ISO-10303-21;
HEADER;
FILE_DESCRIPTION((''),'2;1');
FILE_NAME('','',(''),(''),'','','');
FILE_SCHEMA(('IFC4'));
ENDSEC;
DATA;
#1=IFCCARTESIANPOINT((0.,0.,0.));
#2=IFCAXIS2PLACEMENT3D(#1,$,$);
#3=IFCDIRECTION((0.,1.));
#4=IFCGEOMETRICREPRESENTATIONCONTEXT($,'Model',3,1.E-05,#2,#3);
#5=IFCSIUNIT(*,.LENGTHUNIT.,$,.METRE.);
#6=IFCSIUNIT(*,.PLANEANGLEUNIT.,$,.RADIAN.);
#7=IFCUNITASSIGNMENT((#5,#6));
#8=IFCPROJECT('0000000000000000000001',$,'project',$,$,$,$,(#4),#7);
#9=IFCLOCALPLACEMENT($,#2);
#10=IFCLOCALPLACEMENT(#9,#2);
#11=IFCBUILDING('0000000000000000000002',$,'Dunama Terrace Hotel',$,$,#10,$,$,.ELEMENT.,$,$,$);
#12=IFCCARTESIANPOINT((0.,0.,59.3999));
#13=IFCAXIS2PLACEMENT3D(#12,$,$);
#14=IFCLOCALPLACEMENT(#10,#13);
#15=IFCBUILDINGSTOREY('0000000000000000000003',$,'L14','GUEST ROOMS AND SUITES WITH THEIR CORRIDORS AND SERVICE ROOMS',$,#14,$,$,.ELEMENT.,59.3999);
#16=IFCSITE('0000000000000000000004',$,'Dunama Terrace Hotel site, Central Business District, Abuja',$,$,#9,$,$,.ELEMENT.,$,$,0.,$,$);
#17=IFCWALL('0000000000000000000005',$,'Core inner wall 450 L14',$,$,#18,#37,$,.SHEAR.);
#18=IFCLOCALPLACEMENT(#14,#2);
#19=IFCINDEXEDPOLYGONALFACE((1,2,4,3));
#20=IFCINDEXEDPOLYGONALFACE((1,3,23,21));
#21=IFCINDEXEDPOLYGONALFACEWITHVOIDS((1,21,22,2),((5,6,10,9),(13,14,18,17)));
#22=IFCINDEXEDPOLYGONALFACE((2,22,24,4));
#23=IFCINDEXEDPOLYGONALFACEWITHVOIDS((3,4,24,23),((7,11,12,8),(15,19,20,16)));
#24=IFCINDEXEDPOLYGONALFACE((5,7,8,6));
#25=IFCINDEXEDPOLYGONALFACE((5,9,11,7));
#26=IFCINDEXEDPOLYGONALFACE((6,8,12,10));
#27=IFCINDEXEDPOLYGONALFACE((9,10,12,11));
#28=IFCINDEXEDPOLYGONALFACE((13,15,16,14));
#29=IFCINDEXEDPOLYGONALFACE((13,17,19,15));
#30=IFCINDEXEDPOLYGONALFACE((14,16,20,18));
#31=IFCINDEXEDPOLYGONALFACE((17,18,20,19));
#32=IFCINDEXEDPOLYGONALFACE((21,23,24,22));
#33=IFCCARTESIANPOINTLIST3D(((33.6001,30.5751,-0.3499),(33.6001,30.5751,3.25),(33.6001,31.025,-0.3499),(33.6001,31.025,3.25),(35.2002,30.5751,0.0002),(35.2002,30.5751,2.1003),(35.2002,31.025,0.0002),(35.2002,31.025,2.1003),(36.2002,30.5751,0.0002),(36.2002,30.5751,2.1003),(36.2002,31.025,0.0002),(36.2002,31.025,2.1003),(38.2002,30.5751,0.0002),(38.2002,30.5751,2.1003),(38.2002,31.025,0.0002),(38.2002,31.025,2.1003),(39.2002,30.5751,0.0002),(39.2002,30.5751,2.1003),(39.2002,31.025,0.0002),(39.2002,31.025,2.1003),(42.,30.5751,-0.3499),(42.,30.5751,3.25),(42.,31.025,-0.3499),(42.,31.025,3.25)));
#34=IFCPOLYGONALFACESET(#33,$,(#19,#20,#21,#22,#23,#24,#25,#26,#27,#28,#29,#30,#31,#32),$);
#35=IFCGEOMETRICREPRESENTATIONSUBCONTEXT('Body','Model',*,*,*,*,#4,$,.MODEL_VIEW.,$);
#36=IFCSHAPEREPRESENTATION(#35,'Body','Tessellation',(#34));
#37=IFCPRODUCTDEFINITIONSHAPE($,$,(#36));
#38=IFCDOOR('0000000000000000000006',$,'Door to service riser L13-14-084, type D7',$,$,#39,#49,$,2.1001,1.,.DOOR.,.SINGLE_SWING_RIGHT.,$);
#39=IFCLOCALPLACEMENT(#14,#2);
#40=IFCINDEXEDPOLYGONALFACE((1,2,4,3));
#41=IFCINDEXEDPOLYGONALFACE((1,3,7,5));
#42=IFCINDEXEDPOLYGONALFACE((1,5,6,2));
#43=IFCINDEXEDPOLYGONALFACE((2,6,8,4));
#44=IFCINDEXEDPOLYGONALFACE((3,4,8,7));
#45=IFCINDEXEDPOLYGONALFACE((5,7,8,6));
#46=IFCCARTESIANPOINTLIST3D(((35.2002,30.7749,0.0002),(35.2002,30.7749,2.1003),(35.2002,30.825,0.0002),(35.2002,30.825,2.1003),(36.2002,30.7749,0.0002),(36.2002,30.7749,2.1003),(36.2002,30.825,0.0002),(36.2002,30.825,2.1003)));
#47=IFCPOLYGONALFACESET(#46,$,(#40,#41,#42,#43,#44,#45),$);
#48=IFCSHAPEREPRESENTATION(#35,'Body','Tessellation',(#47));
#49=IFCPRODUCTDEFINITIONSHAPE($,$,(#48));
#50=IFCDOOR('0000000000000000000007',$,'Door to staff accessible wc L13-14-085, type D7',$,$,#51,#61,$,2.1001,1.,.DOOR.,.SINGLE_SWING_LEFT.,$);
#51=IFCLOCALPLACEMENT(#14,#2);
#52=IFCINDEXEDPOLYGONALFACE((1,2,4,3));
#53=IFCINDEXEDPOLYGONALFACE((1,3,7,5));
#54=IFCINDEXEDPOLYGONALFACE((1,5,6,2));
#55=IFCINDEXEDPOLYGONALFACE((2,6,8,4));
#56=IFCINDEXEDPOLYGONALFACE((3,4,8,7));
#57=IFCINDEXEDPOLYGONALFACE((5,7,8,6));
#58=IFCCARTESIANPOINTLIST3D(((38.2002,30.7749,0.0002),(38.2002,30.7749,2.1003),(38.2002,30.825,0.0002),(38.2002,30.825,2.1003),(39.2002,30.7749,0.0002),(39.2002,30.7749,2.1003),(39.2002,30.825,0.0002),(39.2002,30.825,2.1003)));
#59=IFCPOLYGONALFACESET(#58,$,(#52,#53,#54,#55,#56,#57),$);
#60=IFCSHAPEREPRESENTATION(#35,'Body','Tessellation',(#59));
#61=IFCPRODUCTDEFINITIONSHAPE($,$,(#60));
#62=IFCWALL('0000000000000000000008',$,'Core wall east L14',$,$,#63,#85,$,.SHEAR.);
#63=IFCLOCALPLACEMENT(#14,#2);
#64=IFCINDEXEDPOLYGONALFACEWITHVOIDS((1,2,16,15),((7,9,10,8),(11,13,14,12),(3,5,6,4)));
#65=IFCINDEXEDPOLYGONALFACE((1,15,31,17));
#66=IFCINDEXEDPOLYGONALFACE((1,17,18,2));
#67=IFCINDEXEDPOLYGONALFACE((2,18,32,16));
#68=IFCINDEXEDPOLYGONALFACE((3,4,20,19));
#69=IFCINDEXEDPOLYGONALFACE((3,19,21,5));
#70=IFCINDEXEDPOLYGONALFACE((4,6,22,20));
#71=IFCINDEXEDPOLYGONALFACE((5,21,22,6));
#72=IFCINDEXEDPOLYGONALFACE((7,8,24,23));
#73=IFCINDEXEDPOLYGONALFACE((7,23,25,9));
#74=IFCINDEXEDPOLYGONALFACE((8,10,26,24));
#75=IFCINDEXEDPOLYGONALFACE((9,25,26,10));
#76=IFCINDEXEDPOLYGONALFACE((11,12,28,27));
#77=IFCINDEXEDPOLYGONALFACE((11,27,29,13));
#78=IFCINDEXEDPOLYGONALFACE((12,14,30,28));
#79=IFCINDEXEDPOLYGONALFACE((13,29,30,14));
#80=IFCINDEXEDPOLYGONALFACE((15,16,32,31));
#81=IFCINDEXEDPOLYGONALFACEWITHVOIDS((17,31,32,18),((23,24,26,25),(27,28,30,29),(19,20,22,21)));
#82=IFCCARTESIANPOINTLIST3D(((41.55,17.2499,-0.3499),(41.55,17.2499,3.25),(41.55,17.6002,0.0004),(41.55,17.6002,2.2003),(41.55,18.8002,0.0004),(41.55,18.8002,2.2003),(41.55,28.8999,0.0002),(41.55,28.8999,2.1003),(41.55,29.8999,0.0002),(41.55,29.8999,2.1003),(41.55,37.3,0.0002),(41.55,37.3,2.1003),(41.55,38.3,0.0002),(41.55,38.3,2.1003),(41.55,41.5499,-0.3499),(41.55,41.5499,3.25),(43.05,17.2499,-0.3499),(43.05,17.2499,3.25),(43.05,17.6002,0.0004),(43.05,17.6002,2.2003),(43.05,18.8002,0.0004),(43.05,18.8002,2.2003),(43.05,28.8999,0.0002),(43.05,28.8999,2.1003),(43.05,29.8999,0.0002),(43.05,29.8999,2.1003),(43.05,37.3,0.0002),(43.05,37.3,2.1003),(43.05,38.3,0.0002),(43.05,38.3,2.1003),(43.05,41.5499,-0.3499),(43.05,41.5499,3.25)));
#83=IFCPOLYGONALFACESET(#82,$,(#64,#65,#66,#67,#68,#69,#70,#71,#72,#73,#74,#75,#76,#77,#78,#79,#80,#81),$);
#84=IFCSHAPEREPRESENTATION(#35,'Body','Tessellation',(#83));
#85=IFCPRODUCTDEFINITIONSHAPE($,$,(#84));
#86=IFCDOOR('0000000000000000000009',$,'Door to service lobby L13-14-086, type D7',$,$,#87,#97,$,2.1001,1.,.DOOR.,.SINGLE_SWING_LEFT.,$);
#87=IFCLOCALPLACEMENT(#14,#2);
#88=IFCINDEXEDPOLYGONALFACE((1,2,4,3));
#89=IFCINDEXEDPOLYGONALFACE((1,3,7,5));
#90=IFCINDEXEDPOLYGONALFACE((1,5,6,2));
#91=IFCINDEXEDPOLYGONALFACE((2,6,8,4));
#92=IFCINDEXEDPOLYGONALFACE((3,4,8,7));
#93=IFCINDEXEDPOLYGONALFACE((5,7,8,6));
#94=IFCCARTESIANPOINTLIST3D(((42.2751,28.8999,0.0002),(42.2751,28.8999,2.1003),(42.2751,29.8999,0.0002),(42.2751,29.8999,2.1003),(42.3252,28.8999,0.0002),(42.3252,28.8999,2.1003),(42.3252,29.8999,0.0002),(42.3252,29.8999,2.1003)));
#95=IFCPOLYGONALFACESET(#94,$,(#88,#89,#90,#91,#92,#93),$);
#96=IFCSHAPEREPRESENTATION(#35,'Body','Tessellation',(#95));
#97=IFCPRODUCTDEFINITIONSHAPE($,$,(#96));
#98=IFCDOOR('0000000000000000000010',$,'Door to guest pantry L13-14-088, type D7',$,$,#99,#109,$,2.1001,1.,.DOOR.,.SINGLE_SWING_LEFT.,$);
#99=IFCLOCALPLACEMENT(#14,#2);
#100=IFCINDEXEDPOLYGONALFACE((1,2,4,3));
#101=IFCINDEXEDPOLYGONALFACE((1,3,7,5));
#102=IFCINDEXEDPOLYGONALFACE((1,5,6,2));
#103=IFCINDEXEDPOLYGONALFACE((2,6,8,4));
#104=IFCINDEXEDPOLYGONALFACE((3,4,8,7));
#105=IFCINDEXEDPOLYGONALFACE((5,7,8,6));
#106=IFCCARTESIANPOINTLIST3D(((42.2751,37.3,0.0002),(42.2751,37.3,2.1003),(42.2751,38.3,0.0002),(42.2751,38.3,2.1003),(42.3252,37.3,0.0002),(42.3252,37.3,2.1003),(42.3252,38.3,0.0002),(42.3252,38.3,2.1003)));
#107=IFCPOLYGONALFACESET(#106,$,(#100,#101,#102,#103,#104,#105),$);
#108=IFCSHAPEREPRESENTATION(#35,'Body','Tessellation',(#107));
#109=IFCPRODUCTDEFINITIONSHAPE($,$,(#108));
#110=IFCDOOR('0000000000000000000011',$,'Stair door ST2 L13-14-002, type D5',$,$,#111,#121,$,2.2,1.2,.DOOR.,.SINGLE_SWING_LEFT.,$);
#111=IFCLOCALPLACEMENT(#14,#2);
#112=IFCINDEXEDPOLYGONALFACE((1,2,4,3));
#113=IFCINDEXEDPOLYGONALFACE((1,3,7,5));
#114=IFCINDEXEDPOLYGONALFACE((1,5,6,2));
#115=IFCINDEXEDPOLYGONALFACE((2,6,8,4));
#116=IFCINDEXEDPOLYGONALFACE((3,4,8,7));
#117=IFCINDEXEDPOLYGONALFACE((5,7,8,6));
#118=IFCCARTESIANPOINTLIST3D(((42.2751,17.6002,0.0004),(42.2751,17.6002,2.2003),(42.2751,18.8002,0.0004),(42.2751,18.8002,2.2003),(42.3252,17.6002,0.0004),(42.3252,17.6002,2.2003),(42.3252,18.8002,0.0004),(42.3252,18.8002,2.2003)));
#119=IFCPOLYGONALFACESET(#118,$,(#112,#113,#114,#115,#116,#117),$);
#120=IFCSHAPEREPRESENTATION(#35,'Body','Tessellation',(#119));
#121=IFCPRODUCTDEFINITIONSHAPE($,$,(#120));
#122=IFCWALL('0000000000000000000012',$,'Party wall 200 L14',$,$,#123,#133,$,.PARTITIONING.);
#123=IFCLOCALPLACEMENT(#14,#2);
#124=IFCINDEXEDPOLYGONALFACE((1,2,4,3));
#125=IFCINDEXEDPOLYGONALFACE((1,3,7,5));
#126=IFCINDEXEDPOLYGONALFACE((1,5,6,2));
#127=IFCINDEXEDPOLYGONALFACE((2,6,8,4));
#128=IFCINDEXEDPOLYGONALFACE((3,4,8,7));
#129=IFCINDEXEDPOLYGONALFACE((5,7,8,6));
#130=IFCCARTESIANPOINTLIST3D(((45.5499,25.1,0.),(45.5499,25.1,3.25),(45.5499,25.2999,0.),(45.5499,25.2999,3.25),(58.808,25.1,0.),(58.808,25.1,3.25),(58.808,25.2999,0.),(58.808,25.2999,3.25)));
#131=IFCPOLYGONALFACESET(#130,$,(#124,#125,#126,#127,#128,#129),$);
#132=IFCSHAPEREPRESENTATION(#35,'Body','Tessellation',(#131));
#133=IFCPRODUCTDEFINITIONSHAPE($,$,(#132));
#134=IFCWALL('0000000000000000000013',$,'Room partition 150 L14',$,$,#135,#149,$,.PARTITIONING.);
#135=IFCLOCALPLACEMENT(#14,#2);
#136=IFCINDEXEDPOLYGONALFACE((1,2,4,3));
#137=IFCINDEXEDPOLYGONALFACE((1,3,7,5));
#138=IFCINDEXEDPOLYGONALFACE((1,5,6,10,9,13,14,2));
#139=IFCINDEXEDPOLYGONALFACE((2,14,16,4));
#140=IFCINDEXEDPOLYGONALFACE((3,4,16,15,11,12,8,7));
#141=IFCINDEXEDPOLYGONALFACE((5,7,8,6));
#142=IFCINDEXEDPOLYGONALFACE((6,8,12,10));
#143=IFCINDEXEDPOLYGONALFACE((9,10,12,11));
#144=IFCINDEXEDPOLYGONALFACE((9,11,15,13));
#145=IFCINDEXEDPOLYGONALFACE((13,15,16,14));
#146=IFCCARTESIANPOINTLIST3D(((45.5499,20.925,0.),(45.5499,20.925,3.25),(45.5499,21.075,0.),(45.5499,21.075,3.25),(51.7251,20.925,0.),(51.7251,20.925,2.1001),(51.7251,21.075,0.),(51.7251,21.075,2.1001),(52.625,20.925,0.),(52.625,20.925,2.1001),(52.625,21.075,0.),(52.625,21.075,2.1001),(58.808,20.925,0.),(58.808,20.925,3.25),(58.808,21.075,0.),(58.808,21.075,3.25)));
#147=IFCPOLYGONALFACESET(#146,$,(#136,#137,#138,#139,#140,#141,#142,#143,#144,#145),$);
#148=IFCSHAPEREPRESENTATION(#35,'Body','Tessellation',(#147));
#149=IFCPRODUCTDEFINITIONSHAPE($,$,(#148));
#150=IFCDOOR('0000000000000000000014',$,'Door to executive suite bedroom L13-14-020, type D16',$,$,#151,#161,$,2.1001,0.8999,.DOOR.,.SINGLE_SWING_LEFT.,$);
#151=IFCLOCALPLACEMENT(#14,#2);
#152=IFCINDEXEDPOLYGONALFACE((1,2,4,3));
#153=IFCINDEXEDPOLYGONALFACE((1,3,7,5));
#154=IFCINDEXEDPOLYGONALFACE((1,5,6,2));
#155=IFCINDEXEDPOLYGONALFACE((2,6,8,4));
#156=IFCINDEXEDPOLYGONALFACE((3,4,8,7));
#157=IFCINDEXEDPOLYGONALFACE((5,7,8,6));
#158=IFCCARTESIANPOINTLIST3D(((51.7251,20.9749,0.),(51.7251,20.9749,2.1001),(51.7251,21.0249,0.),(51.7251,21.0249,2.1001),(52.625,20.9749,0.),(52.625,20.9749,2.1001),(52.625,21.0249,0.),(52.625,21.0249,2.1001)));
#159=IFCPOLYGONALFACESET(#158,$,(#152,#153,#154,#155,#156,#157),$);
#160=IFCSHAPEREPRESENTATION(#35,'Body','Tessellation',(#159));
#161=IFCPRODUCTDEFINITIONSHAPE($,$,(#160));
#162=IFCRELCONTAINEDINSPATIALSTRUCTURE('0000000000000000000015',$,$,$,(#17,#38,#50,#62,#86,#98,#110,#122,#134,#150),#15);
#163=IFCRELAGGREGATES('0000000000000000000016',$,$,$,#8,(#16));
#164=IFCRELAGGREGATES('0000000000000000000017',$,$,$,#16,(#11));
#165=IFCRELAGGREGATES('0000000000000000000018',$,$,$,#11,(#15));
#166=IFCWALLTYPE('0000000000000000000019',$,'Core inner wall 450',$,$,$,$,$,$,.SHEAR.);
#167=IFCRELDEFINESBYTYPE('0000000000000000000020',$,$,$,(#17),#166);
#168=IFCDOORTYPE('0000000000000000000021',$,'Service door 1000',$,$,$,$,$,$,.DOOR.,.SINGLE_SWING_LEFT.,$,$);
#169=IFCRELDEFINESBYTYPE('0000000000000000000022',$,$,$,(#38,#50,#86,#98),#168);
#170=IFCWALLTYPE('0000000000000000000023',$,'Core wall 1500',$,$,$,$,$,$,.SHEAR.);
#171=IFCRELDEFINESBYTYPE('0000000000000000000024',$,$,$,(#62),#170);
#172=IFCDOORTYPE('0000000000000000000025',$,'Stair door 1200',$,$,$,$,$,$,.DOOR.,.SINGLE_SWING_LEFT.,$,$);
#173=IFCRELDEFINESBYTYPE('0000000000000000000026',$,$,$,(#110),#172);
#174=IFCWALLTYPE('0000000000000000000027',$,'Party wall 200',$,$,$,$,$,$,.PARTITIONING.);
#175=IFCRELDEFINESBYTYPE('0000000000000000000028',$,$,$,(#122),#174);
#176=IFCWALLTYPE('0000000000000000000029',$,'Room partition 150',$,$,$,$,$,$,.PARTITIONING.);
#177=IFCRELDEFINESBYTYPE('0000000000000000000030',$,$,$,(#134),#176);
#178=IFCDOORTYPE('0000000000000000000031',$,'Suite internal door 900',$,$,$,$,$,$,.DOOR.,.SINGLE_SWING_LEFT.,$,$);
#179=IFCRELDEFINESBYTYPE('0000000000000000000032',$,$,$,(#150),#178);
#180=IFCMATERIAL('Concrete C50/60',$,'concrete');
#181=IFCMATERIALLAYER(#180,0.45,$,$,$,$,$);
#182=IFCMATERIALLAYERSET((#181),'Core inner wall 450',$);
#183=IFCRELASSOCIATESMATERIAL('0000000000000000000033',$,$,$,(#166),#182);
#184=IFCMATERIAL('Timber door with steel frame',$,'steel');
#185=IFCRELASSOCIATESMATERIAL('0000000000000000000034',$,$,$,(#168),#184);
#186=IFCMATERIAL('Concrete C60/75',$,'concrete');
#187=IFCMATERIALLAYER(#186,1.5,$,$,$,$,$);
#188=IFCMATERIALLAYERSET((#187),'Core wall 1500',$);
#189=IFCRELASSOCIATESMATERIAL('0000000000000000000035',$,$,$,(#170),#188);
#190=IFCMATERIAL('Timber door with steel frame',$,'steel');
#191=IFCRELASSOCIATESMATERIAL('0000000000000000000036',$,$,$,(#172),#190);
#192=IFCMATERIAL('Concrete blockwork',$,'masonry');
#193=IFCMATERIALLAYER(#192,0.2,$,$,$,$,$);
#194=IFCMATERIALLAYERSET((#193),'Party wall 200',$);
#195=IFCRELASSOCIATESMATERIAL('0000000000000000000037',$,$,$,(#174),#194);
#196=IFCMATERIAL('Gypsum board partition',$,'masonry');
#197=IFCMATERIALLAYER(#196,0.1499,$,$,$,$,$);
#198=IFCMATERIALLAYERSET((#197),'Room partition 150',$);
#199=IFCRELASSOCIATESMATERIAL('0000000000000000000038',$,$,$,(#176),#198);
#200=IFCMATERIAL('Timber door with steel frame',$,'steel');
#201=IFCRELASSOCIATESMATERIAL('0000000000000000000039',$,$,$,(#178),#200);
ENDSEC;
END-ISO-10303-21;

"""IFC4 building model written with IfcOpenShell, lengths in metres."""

from ifc_helpers import new_model, si_unit, direction, frame, frame_2d, origin, place, context, subcontext, project, spatial, rectangle, extrude, material, layer, layer_set, type_object, element, fill, save


model = new_model("IFC4")

# Units and contexts
model_context = context("Model", 3, precision=1e-05, world=origin(), true_north=direction((0.0, 1.0)))
body_context = subcontext(model_context, "Body", "Model", "MODEL_VIEW")
ifc_project = project(units=[si_unit("LENGTHUNIT", "METRE"), si_unit("PLANEANGLEUNIT", "RADIAN")], contexts=[model_context])

# Site, building, storey
site_placement = place(None, origin())
site = spatial("IfcSite", under=ifc_project, at=site_placement, Name="Dunama Terrace Hotel site, Central Business District, Abuja", CompositionType="ELEMENT", RefElevation=0.0)
building_placement = place(site_placement, origin())
building = spatial("IfcBuilding", under=site, at=building_placement, Name="Dunama Terrace Hotel", CompositionType="ELEMENT")
storey_placement = place(building_placement, frame((0.0, 0.0, 59.3999)))
storey = spatial("IfcBuildingStorey", under=building, at=storey_placement, Name="L14", Description="GUEST ROOMS AND SUITES WITH THEIR CORRIDORS AND SERVICE ROOMS", CompositionType="ELEMENT", Elevation=59.3999)

# Shared definitions
ifc_material_1 = material(Name="Concrete C50/60", Category="concrete")
ifc_layer_1 = layer(ifc_material_1, 0.45)
ifc_layer_set_1 = layer_set([ifc_layer_1], Name="Core inner wall 450")
wall_type_1 = type_object("IfcWallType", Name="Core inner wall 450", PredefinedType="SHEAR", material=ifc_layer_set_1)

# Walls, openings, doors
wall_1_placement = place(storey_placement, frame((33.6001, 30.8, -0.3499), z_axis=(0.0, 0.0, 1.0), x_axis=(1.0, 0.0, 0.0)))
wall_1 = element("IfcWall", 1, at=wall_1_placement, inside=storey, type_object=wall_type_1, Name="Core inner wall 450 L14", PredefinedType="SHEAR", context=body_context, shape_type="SweptSolid", body=[
    extrude(rectangle(XDim=8.3999, YDim=0.45, at=frame_2d((4.2, 0.0))), origin(), (0.0, 0.0, 1.0), 3.5999),
])
opening_1_placement = place(wall_1_placement, frame((1.6001, 0.0, 0.3501)))
opening_1 = element("IfcOpeningElement", 2, at=opening_1_placement, cuts=wall_1, PredefinedType="OPENING", context=body_context, shape_type="SweptSolid", body=[
    extrude(rectangle(XDim=1.0, YDim=2.1001, at=frame_2d((0.5, 1.05))), frame((0.0, 0.2349, 0.0), z_axis=(0.0, -1.0, 0.0), x_axis=(1.0, 0.0, 0.0)), (0.0, 0.0, 1.0), 0.47),
])
opening_2_placement = place(wall_1_placement, frame((4.6001, 0.0, 0.3501)))
opening_2 = element("IfcOpeningElement", 3, at=opening_2_placement, cuts=wall_1, PredefinedType="OPENING", context=body_context, shape_type="SweptSolid", body=[
    extrude(rectangle(XDim=1.0, YDim=2.1001, at=frame_2d((0.5, 1.05))), frame((0.0, 0.2349, 0.0), z_axis=(0.0, -1.0, 0.0), x_axis=(1.0, 0.0, 0.0)), (0.0, 0.0, 1.0), 0.47),
])
ifc_material_2 = material(Name="Timber door with steel frame", Category="steel")
door_type_1 = type_object("IfcDoorType", Name="Service door 1000", OperationType="SINGLE_SWING_LEFT", PredefinedType="DOOR", material=ifc_material_2)
door_1_placement = place(opening_1_placement, origin())
door_1 = element("IfcDoor", 4, at=door_1_placement, inside=storey, type_object=door_type_1, Name="Door to service riser L13-14-084, type D7", OperationType="SINGLE_SWING_RIGHT", OverallHeight=2.1001, OverallWidth=1.0, PredefinedType="DOOR", context=body_context, shape_type="SweptSolid", body=[
    extrude(rectangle(XDim=1.0, YDim=2.1001, at=frame_2d((0.5, 1.05))), frame((0.0, 0.0249, 0.0), z_axis=(0.0, -1.0, 0.0), x_axis=(1.0, 0.0, 0.0)), (0.0, 0.0, 1.0), 0.05),
])
fill(opening_1, door_1)
door_2_placement = place(opening_2_placement, origin())
door_2 = element("IfcDoor", 5, at=door_2_placement, inside=storey, type_object=door_type_1, Name="Door to staff accessible wc L13-14-085, type D7", OperationType="SINGLE_SWING_LEFT", OverallHeight=2.1001, OverallWidth=1.0, PredefinedType="DOOR", context=body_context, shape_type="SweptSolid", body=[
    extrude(rectangle(XDim=1.0, YDim=2.1001, at=frame_2d((0.5, 1.05))), frame((0.0, 0.0249, 0.0), z_axis=(0.0, -1.0, 0.0), x_axis=(1.0, 0.0, 0.0)), (0.0, 0.0, 1.0), 0.05),
])
fill(opening_2, door_2)
ifc_material_3 = material(Name="Concrete C60/75", Category="concrete")
ifc_layer_2 = layer(ifc_material_3, 1.5)
ifc_layer_set_2 = layer_set([ifc_layer_2], Name="Core wall 1500")
wall_type_2 = type_object("IfcWallType", Name="Core wall 1500", PredefinedType="SHEAR", material=ifc_layer_set_2)
wall_2_placement = place(storey_placement, frame((42.3, 17.25, -0.3499), z_axis=(0.0, 0.0, 1.0), x_axis=(0.0, 1.0, 0.0)))
wall_2 = element("IfcWall", 6, at=wall_2_placement, inside=storey, type_object=wall_type_2, Name="Core wall east L14", PredefinedType="SHEAR", context=body_context, shape_type="SweptSolid", body=[
    extrude(rectangle(XDim=24.3, YDim=1.5, at=frame_2d((12.1499, 0.0))), origin(), (0.0, 0.0, 1.0), 3.5999),
])
opening_3_placement = place(wall_2_placement, frame((0.3501, 0.0, 0.3501)))
opening_3 = element("IfcOpeningElement", 7, at=opening_3_placement, cuts=wall_2, PredefinedType="OPENING", context=body_context, shape_type="SweptSolid", body=[
    extrude(rectangle(XDim=1.2, YDim=2.2, at=frame_2d((0.6001, 1.1001))), frame((0.0, 0.76, 0.0), z_axis=(0.0, -1.0, 0.0), x_axis=(1.0, 0.0, 0.0)), (0.0, 0.0, 1.0), 1.52),
])
opening_4_placement = place(wall_2_placement, frame((11.6499, 0.0, 0.3501)))
opening_4 = element("IfcOpeningElement", 8, at=opening_4_placement, cuts=wall_2, PredefinedType="OPENING", context=body_context, shape_type="SweptSolid", body=[
    extrude(rectangle(XDim=1.0, YDim=2.1001, at=frame_2d((0.5, 1.05))), frame((0.0, 0.76, 0.0), z_axis=(0.0, -1.0, 0.0), x_axis=(1.0, 0.0, 0.0)), (0.0, 0.0, 1.0), 1.52),
])
opening_5_placement = place(wall_2_placement, frame((20.05, 0.0, 0.3501)))
opening_5 = element("IfcOpeningElement", 9, at=opening_5_placement, cuts=wall_2, PredefinedType="OPENING", context=body_context, shape_type="SweptSolid", body=[
    extrude(rectangle(XDim=1.0, YDim=2.1001, at=frame_2d((0.5, 1.05))), frame((0.0, 0.76, 0.0), z_axis=(0.0, -1.0, 0.0), x_axis=(1.0, 0.0, 0.0)), (0.0, 0.0, 1.0), 1.52),
])
door_3_placement = place(opening_4_placement, origin())
door_3 = element("IfcDoor", 10, at=door_3_placement, inside=storey, type_object=door_type_1, Name="Door to service lobby L13-14-086, type D7", OperationType="SINGLE_SWING_LEFT", OverallHeight=2.1001, OverallWidth=1.0, PredefinedType="DOOR", context=body_context, shape_type="SweptSolid", body=[
    extrude(rectangle(XDim=1.0, YDim=2.1001, at=frame_2d((0.5, 1.05))), frame((0.0, 0.0249, 0.0), z_axis=(0.0, -1.0, 0.0), x_axis=(1.0, 0.0, 0.0)), (0.0, 0.0, 1.0), 0.05),
])
fill(opening_4, door_3)
door_4_placement = place(opening_5_placement, origin())
door_4 = element("IfcDoor", 11, at=door_4_placement, inside=storey, type_object=door_type_1, Name="Door to guest pantry L13-14-088, type D7", OperationType="SINGLE_SWING_LEFT", OverallHeight=2.1001, OverallWidth=1.0, PredefinedType="DOOR", context=body_context, shape_type="SweptSolid", body=[
    extrude(rectangle(XDim=1.0, YDim=2.1001, at=frame_2d((0.5, 1.05))), frame((0.0, 0.0249, 0.0), z_axis=(0.0, -1.0, 0.0), x_axis=(1.0, 0.0, 0.0)), (0.0, 0.0, 1.0), 0.05),
])
fill(opening_5, door_4)
ifc_material_4 = material(Name="Timber door with steel frame", Category="steel")
door_type_2 = type_object("IfcDoorType", Name="Stair door 1200", OperationType="SINGLE_SWING_LEFT", PredefinedType="DOOR", material=ifc_material_4)
door_5_placement = place(opening_3_placement, origin())
door_5 = element("IfcDoor", 12, at=door_5_placement, inside=storey, type_object=door_type_2, Name="Stair door ST2 L13-14-002, type D5", OperationType="SINGLE_SWING_LEFT", OverallHeight=2.2, OverallWidth=1.2, PredefinedType="DOOR", context=body_context, shape_type="SweptSolid", body=[
    extrude(rectangle(XDim=1.2, YDim=2.2, at=frame_2d((0.6001, 1.1001))), frame((0.0, 0.0249, 0.0), z_axis=(0.0, -1.0, 0.0), x_axis=(1.0, 0.0, 0.0)), (0.0, 0.0, 1.0), 0.05),
])
fill(opening_3, door_5)

# Wall
ifc_material_5 = material(Name="Concrete blockwork", Category="masonry")
ifc_layer_3 = layer(ifc_material_5, 0.2)
ifc_layer_set_3 = layer_set([ifc_layer_3], Name="Party wall 200")
wall_type_3 = type_object("IfcWallType", Name="Party wall 200", PredefinedType="PARTITIONING", material=ifc_layer_set_3)
wall_3_placement = place(storey_placement, frame((45.55, 25.2, 0.0), z_axis=(0.0, 0.0, 1.0), x_axis=(1.0, 0.0, 0.0)))
element("IfcWall", 13, at=wall_3_placement, inside=storey, type_object=wall_type_3, Name="Party wall 200 L14", PredefinedType="PARTITIONING", context=body_context, shape_type="SweptSolid", body=[
    extrude(rectangle(XDim=13.2581, YDim=0.2, at=frame_2d((6.6289, 0.0))), origin(), (0.0, 0.0, 1.0), 3.25),
])

# Wall, opening, door
ifc_material_6 = material(Name="Gypsum board partition", Category="masonry")
ifc_layer_4 = layer(ifc_material_6, 0.1499)
ifc_layer_set_4 = layer_set([ifc_layer_4], Name="Room partition 150")
wall_type_4 = type_object("IfcWallType", Name="Room partition 150", PredefinedType="PARTITIONING", material=ifc_layer_set_4)
wall_4_placement = place(storey_placement, frame((45.55, 21.0, 0.0), z_axis=(0.0, 0.0, 1.0), x_axis=(1.0, 0.0, 0.0)))
wall_4 = element("IfcWall", 14, at=wall_4_placement, inside=storey, type_object=wall_type_4, Name="Room partition 150 L14", PredefinedType="PARTITIONING", context=body_context, shape_type="SweptSolid", body=[
    extrude(rectangle(XDim=13.2581, YDim=0.1499, at=frame_2d((6.6289, 0.0))), origin(), (0.0, 0.0, 1.0), 3.25),
])
opening_6_placement = place(wall_4_placement, frame((6.175, 0.0, 0.0)))
opening_6 = element("IfcOpeningElement", 15, at=opening_6_placement, cuts=wall_4, PredefinedType="OPENING", context=body_context, shape_type="SweptSolid", body=[
    extrude(rectangle(XDim=0.8999, YDim=2.1001, at=frame_2d((0.45, 1.05))), frame((0.0, 0.085, 0.0), z_axis=(0.0, -1.0, 0.0), x_axis=(1.0, 0.0, 0.0)), (0.0, 0.0, 1.0), 0.1699),
])
ifc_material_7 = material(Name="Timber door with steel frame", Category="steel")
door_type_3 = type_object("IfcDoorType", Name="Suite internal door 900", OperationType="SINGLE_SWING_LEFT", PredefinedType="DOOR", material=ifc_material_7)
door_6_placement = place(opening_6_placement, origin())
door_6 = element("IfcDoor", 16, at=door_6_placement, inside=storey, type_object=door_type_3, Name="Door to executive suite bedroom L13-14-020, type D16", OperationType="SINGLE_SWING_LEFT", OverallHeight=2.1001, OverallWidth=0.8999, PredefinedType="DOOR", context=body_context, shape_type="SweptSolid", body=[
    extrude(rectangle(XDim=0.8999, YDim=2.1001, at=frame_2d((0.45, 1.05))), frame((0.0, 0.0249, 0.0), z_axis=(0.0, -1.0, 0.0), x_axis=(1.0, 0.0, 0.0)), (0.0, 0.0, 1.0), 0.05),
])
fill(opening_6, door_6)

save(model, "model.ifc")
